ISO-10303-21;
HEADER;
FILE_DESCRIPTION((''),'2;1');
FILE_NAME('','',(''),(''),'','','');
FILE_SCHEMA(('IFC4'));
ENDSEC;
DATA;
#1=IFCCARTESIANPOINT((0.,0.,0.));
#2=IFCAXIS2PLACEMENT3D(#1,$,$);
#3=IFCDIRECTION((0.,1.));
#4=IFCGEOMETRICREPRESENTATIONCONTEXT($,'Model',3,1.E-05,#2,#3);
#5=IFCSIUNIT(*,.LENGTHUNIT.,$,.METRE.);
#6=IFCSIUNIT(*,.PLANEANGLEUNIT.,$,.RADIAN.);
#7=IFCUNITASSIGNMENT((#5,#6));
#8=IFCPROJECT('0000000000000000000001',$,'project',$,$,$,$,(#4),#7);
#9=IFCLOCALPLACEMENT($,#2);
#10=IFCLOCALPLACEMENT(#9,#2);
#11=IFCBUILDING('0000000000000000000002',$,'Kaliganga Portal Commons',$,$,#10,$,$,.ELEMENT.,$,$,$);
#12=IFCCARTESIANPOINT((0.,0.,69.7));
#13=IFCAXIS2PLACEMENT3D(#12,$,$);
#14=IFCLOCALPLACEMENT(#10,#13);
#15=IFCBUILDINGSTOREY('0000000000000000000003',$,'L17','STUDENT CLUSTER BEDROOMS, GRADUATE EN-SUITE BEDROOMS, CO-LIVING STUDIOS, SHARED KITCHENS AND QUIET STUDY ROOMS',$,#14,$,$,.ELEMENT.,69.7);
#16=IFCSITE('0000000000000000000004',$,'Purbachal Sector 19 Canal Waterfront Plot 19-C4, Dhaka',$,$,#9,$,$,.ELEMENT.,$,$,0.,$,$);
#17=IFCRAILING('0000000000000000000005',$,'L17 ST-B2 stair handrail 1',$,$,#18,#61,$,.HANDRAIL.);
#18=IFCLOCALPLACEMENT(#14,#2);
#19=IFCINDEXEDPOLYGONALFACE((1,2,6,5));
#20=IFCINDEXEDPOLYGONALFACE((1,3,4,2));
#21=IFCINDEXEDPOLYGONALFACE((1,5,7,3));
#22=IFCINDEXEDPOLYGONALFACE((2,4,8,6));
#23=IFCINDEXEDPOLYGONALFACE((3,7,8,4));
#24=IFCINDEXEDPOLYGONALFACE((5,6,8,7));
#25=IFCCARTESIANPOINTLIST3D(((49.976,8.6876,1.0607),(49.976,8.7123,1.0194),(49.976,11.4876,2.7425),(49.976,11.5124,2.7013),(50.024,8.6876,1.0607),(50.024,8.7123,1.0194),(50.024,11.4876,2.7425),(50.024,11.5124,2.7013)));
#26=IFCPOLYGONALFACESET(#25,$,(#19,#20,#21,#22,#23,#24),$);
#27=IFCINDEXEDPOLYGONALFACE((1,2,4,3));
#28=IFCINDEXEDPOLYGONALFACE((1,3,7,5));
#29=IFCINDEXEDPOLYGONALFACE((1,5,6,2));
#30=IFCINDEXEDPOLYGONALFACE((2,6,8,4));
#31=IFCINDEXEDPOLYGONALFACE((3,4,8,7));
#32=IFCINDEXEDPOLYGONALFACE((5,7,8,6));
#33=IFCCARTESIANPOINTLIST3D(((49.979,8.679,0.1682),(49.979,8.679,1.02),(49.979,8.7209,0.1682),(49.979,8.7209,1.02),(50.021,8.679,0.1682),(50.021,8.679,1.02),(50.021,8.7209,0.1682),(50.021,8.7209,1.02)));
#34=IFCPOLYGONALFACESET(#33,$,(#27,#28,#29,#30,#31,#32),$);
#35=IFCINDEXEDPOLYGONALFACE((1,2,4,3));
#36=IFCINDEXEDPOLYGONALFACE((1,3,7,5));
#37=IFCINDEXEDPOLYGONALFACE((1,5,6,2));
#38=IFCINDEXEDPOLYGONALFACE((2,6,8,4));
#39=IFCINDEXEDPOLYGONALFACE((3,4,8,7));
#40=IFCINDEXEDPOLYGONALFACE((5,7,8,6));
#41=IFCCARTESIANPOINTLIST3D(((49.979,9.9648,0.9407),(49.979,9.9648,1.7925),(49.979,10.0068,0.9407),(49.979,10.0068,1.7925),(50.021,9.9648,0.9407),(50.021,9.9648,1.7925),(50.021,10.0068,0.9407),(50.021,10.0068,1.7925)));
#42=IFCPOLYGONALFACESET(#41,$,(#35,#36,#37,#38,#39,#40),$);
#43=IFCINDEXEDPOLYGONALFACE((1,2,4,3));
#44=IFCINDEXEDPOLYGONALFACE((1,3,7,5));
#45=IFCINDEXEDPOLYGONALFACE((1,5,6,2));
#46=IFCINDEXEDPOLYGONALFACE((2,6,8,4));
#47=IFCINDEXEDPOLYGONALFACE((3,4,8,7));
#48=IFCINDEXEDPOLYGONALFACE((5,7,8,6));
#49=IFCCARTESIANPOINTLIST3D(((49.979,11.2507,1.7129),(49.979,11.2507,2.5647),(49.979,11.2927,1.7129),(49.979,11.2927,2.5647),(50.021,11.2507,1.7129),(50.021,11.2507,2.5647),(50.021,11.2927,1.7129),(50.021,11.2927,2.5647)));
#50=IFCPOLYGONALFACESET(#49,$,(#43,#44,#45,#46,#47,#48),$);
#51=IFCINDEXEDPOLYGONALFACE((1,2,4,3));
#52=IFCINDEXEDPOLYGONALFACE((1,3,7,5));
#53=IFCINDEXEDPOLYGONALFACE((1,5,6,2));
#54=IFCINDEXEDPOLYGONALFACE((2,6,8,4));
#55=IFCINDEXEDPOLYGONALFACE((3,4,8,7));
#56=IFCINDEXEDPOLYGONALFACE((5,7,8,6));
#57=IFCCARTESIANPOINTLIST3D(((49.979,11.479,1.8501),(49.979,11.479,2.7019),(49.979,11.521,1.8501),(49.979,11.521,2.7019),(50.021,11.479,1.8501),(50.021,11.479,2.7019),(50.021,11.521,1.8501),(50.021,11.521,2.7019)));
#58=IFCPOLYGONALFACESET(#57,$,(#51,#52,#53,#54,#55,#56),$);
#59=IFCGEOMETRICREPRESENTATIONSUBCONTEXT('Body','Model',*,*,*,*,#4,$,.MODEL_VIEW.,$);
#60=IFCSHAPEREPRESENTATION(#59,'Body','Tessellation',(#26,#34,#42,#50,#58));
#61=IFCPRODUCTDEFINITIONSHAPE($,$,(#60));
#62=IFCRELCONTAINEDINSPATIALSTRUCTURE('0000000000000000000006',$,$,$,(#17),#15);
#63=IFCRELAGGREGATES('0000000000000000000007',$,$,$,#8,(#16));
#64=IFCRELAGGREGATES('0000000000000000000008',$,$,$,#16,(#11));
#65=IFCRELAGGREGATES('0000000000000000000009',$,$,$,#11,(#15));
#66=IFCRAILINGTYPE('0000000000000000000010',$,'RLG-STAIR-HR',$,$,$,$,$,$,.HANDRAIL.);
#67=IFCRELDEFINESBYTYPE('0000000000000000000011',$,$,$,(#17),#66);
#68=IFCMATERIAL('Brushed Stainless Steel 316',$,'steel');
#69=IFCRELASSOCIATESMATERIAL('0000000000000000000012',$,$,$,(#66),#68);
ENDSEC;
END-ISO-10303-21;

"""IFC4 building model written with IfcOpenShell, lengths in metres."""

from ifc_helpers import new_model, si_unit, direction, frame, origin, origin_2d, place, context, subcontext, project, spatial, rectangle, extrude, material, type_object, element, save


model = new_model("IFC4")

# Units and contexts
model_context = context("Model", 3, precision=1e-05, world=origin(), true_north=direction((0.0, 1.0)))
body_context = subcontext(model_context, "Body", "Model", "MODEL_VIEW")
ifc_project = project(units=[si_unit("LENGTHUNIT", "METRE"), si_unit("PLANEANGLEUNIT", "RADIAN")], contexts=[model_context])

# Site, building, storey
site_placement = place(None, origin())
site = spatial("IfcSite", under=ifc_project, at=site_placement, Name="Purbachal Sector 19 Canal Waterfront Plot 19-C4, Dhaka", CompositionType="ELEMENT", RefElevation=0.0)
building_placement = place(site_placement, origin())
building = spatial("IfcBuilding", under=site, at=building_placement, Name="Kaliganga Portal Commons", CompositionType="ELEMENT")
storey_placement = place(building_placement, frame((0.0, 0.0, 69.7)))
storey = spatial("IfcBuildingStorey", under=building, at=storey_placement, Name="L17", Description="STUDENT CLUSTER BEDROOMS, GRADUATE EN-SUITE BEDROOMS, CO-LIVING STUDIOS, SHARED KITCHENS AND QUIET STUDY ROOMS", CompositionType="ELEMENT", Elevation=69.7)

# Railing
ifc_material_1 = material(Name="Brushed Stainless Steel 316", Category="steel")
railing_type_1 = type_object("IfcRailingType", Name="RLG-STAIR-HR", PredefinedType="HANDRAIL", material=ifc_material_1)
railing_1_placement = place(storey_placement, frame((50.0, 8.7, 0.1682)))
element("IfcRailing", 1, at=railing_1_placement, inside=storey, type_object=railing_type_1, Name="L17 ST-B2 stair handrail 1", PredefinedType="HANDRAIL", context=body_context, shape_type="SweptSolid", body=[
    extrude(rectangle(XDim=0.0481, YDim=0.0481, at=origin_2d()), frame((0.0, 0.0, 0.8718), z_axis=(0.0, 0.857242, 0.514913), x_axis=(-1.0, 0.0, 0.0)), (0.0, 0.0, 1.0), 3.2664),
    extrude(rectangle(XDim=0.042, YDim=0.042, at=origin_2d()), origin(), (0.0, 0.0, 1.0), 0.8518),
    extrude(rectangle(XDim=0.042, YDim=0.042, at=origin_2d()), frame((0.0, 1.2859, 0.7725)), (0.0, 0.0, 1.0), 0.8518),
    extrude(rectangle(XDim=0.042, YDim=0.042, at=origin_2d()), frame((0.0, 2.5718, 1.5447)), (0.0, 0.0, 1.0), 0.8518),
    extrude(rectangle(XDim=0.042, YDim=0.042, at=origin_2d()), frame((0.0, 2.8, 1.6819)), (0.0, 0.0, 1.0), 0.8518),
])

save(model, "model.ifc")
